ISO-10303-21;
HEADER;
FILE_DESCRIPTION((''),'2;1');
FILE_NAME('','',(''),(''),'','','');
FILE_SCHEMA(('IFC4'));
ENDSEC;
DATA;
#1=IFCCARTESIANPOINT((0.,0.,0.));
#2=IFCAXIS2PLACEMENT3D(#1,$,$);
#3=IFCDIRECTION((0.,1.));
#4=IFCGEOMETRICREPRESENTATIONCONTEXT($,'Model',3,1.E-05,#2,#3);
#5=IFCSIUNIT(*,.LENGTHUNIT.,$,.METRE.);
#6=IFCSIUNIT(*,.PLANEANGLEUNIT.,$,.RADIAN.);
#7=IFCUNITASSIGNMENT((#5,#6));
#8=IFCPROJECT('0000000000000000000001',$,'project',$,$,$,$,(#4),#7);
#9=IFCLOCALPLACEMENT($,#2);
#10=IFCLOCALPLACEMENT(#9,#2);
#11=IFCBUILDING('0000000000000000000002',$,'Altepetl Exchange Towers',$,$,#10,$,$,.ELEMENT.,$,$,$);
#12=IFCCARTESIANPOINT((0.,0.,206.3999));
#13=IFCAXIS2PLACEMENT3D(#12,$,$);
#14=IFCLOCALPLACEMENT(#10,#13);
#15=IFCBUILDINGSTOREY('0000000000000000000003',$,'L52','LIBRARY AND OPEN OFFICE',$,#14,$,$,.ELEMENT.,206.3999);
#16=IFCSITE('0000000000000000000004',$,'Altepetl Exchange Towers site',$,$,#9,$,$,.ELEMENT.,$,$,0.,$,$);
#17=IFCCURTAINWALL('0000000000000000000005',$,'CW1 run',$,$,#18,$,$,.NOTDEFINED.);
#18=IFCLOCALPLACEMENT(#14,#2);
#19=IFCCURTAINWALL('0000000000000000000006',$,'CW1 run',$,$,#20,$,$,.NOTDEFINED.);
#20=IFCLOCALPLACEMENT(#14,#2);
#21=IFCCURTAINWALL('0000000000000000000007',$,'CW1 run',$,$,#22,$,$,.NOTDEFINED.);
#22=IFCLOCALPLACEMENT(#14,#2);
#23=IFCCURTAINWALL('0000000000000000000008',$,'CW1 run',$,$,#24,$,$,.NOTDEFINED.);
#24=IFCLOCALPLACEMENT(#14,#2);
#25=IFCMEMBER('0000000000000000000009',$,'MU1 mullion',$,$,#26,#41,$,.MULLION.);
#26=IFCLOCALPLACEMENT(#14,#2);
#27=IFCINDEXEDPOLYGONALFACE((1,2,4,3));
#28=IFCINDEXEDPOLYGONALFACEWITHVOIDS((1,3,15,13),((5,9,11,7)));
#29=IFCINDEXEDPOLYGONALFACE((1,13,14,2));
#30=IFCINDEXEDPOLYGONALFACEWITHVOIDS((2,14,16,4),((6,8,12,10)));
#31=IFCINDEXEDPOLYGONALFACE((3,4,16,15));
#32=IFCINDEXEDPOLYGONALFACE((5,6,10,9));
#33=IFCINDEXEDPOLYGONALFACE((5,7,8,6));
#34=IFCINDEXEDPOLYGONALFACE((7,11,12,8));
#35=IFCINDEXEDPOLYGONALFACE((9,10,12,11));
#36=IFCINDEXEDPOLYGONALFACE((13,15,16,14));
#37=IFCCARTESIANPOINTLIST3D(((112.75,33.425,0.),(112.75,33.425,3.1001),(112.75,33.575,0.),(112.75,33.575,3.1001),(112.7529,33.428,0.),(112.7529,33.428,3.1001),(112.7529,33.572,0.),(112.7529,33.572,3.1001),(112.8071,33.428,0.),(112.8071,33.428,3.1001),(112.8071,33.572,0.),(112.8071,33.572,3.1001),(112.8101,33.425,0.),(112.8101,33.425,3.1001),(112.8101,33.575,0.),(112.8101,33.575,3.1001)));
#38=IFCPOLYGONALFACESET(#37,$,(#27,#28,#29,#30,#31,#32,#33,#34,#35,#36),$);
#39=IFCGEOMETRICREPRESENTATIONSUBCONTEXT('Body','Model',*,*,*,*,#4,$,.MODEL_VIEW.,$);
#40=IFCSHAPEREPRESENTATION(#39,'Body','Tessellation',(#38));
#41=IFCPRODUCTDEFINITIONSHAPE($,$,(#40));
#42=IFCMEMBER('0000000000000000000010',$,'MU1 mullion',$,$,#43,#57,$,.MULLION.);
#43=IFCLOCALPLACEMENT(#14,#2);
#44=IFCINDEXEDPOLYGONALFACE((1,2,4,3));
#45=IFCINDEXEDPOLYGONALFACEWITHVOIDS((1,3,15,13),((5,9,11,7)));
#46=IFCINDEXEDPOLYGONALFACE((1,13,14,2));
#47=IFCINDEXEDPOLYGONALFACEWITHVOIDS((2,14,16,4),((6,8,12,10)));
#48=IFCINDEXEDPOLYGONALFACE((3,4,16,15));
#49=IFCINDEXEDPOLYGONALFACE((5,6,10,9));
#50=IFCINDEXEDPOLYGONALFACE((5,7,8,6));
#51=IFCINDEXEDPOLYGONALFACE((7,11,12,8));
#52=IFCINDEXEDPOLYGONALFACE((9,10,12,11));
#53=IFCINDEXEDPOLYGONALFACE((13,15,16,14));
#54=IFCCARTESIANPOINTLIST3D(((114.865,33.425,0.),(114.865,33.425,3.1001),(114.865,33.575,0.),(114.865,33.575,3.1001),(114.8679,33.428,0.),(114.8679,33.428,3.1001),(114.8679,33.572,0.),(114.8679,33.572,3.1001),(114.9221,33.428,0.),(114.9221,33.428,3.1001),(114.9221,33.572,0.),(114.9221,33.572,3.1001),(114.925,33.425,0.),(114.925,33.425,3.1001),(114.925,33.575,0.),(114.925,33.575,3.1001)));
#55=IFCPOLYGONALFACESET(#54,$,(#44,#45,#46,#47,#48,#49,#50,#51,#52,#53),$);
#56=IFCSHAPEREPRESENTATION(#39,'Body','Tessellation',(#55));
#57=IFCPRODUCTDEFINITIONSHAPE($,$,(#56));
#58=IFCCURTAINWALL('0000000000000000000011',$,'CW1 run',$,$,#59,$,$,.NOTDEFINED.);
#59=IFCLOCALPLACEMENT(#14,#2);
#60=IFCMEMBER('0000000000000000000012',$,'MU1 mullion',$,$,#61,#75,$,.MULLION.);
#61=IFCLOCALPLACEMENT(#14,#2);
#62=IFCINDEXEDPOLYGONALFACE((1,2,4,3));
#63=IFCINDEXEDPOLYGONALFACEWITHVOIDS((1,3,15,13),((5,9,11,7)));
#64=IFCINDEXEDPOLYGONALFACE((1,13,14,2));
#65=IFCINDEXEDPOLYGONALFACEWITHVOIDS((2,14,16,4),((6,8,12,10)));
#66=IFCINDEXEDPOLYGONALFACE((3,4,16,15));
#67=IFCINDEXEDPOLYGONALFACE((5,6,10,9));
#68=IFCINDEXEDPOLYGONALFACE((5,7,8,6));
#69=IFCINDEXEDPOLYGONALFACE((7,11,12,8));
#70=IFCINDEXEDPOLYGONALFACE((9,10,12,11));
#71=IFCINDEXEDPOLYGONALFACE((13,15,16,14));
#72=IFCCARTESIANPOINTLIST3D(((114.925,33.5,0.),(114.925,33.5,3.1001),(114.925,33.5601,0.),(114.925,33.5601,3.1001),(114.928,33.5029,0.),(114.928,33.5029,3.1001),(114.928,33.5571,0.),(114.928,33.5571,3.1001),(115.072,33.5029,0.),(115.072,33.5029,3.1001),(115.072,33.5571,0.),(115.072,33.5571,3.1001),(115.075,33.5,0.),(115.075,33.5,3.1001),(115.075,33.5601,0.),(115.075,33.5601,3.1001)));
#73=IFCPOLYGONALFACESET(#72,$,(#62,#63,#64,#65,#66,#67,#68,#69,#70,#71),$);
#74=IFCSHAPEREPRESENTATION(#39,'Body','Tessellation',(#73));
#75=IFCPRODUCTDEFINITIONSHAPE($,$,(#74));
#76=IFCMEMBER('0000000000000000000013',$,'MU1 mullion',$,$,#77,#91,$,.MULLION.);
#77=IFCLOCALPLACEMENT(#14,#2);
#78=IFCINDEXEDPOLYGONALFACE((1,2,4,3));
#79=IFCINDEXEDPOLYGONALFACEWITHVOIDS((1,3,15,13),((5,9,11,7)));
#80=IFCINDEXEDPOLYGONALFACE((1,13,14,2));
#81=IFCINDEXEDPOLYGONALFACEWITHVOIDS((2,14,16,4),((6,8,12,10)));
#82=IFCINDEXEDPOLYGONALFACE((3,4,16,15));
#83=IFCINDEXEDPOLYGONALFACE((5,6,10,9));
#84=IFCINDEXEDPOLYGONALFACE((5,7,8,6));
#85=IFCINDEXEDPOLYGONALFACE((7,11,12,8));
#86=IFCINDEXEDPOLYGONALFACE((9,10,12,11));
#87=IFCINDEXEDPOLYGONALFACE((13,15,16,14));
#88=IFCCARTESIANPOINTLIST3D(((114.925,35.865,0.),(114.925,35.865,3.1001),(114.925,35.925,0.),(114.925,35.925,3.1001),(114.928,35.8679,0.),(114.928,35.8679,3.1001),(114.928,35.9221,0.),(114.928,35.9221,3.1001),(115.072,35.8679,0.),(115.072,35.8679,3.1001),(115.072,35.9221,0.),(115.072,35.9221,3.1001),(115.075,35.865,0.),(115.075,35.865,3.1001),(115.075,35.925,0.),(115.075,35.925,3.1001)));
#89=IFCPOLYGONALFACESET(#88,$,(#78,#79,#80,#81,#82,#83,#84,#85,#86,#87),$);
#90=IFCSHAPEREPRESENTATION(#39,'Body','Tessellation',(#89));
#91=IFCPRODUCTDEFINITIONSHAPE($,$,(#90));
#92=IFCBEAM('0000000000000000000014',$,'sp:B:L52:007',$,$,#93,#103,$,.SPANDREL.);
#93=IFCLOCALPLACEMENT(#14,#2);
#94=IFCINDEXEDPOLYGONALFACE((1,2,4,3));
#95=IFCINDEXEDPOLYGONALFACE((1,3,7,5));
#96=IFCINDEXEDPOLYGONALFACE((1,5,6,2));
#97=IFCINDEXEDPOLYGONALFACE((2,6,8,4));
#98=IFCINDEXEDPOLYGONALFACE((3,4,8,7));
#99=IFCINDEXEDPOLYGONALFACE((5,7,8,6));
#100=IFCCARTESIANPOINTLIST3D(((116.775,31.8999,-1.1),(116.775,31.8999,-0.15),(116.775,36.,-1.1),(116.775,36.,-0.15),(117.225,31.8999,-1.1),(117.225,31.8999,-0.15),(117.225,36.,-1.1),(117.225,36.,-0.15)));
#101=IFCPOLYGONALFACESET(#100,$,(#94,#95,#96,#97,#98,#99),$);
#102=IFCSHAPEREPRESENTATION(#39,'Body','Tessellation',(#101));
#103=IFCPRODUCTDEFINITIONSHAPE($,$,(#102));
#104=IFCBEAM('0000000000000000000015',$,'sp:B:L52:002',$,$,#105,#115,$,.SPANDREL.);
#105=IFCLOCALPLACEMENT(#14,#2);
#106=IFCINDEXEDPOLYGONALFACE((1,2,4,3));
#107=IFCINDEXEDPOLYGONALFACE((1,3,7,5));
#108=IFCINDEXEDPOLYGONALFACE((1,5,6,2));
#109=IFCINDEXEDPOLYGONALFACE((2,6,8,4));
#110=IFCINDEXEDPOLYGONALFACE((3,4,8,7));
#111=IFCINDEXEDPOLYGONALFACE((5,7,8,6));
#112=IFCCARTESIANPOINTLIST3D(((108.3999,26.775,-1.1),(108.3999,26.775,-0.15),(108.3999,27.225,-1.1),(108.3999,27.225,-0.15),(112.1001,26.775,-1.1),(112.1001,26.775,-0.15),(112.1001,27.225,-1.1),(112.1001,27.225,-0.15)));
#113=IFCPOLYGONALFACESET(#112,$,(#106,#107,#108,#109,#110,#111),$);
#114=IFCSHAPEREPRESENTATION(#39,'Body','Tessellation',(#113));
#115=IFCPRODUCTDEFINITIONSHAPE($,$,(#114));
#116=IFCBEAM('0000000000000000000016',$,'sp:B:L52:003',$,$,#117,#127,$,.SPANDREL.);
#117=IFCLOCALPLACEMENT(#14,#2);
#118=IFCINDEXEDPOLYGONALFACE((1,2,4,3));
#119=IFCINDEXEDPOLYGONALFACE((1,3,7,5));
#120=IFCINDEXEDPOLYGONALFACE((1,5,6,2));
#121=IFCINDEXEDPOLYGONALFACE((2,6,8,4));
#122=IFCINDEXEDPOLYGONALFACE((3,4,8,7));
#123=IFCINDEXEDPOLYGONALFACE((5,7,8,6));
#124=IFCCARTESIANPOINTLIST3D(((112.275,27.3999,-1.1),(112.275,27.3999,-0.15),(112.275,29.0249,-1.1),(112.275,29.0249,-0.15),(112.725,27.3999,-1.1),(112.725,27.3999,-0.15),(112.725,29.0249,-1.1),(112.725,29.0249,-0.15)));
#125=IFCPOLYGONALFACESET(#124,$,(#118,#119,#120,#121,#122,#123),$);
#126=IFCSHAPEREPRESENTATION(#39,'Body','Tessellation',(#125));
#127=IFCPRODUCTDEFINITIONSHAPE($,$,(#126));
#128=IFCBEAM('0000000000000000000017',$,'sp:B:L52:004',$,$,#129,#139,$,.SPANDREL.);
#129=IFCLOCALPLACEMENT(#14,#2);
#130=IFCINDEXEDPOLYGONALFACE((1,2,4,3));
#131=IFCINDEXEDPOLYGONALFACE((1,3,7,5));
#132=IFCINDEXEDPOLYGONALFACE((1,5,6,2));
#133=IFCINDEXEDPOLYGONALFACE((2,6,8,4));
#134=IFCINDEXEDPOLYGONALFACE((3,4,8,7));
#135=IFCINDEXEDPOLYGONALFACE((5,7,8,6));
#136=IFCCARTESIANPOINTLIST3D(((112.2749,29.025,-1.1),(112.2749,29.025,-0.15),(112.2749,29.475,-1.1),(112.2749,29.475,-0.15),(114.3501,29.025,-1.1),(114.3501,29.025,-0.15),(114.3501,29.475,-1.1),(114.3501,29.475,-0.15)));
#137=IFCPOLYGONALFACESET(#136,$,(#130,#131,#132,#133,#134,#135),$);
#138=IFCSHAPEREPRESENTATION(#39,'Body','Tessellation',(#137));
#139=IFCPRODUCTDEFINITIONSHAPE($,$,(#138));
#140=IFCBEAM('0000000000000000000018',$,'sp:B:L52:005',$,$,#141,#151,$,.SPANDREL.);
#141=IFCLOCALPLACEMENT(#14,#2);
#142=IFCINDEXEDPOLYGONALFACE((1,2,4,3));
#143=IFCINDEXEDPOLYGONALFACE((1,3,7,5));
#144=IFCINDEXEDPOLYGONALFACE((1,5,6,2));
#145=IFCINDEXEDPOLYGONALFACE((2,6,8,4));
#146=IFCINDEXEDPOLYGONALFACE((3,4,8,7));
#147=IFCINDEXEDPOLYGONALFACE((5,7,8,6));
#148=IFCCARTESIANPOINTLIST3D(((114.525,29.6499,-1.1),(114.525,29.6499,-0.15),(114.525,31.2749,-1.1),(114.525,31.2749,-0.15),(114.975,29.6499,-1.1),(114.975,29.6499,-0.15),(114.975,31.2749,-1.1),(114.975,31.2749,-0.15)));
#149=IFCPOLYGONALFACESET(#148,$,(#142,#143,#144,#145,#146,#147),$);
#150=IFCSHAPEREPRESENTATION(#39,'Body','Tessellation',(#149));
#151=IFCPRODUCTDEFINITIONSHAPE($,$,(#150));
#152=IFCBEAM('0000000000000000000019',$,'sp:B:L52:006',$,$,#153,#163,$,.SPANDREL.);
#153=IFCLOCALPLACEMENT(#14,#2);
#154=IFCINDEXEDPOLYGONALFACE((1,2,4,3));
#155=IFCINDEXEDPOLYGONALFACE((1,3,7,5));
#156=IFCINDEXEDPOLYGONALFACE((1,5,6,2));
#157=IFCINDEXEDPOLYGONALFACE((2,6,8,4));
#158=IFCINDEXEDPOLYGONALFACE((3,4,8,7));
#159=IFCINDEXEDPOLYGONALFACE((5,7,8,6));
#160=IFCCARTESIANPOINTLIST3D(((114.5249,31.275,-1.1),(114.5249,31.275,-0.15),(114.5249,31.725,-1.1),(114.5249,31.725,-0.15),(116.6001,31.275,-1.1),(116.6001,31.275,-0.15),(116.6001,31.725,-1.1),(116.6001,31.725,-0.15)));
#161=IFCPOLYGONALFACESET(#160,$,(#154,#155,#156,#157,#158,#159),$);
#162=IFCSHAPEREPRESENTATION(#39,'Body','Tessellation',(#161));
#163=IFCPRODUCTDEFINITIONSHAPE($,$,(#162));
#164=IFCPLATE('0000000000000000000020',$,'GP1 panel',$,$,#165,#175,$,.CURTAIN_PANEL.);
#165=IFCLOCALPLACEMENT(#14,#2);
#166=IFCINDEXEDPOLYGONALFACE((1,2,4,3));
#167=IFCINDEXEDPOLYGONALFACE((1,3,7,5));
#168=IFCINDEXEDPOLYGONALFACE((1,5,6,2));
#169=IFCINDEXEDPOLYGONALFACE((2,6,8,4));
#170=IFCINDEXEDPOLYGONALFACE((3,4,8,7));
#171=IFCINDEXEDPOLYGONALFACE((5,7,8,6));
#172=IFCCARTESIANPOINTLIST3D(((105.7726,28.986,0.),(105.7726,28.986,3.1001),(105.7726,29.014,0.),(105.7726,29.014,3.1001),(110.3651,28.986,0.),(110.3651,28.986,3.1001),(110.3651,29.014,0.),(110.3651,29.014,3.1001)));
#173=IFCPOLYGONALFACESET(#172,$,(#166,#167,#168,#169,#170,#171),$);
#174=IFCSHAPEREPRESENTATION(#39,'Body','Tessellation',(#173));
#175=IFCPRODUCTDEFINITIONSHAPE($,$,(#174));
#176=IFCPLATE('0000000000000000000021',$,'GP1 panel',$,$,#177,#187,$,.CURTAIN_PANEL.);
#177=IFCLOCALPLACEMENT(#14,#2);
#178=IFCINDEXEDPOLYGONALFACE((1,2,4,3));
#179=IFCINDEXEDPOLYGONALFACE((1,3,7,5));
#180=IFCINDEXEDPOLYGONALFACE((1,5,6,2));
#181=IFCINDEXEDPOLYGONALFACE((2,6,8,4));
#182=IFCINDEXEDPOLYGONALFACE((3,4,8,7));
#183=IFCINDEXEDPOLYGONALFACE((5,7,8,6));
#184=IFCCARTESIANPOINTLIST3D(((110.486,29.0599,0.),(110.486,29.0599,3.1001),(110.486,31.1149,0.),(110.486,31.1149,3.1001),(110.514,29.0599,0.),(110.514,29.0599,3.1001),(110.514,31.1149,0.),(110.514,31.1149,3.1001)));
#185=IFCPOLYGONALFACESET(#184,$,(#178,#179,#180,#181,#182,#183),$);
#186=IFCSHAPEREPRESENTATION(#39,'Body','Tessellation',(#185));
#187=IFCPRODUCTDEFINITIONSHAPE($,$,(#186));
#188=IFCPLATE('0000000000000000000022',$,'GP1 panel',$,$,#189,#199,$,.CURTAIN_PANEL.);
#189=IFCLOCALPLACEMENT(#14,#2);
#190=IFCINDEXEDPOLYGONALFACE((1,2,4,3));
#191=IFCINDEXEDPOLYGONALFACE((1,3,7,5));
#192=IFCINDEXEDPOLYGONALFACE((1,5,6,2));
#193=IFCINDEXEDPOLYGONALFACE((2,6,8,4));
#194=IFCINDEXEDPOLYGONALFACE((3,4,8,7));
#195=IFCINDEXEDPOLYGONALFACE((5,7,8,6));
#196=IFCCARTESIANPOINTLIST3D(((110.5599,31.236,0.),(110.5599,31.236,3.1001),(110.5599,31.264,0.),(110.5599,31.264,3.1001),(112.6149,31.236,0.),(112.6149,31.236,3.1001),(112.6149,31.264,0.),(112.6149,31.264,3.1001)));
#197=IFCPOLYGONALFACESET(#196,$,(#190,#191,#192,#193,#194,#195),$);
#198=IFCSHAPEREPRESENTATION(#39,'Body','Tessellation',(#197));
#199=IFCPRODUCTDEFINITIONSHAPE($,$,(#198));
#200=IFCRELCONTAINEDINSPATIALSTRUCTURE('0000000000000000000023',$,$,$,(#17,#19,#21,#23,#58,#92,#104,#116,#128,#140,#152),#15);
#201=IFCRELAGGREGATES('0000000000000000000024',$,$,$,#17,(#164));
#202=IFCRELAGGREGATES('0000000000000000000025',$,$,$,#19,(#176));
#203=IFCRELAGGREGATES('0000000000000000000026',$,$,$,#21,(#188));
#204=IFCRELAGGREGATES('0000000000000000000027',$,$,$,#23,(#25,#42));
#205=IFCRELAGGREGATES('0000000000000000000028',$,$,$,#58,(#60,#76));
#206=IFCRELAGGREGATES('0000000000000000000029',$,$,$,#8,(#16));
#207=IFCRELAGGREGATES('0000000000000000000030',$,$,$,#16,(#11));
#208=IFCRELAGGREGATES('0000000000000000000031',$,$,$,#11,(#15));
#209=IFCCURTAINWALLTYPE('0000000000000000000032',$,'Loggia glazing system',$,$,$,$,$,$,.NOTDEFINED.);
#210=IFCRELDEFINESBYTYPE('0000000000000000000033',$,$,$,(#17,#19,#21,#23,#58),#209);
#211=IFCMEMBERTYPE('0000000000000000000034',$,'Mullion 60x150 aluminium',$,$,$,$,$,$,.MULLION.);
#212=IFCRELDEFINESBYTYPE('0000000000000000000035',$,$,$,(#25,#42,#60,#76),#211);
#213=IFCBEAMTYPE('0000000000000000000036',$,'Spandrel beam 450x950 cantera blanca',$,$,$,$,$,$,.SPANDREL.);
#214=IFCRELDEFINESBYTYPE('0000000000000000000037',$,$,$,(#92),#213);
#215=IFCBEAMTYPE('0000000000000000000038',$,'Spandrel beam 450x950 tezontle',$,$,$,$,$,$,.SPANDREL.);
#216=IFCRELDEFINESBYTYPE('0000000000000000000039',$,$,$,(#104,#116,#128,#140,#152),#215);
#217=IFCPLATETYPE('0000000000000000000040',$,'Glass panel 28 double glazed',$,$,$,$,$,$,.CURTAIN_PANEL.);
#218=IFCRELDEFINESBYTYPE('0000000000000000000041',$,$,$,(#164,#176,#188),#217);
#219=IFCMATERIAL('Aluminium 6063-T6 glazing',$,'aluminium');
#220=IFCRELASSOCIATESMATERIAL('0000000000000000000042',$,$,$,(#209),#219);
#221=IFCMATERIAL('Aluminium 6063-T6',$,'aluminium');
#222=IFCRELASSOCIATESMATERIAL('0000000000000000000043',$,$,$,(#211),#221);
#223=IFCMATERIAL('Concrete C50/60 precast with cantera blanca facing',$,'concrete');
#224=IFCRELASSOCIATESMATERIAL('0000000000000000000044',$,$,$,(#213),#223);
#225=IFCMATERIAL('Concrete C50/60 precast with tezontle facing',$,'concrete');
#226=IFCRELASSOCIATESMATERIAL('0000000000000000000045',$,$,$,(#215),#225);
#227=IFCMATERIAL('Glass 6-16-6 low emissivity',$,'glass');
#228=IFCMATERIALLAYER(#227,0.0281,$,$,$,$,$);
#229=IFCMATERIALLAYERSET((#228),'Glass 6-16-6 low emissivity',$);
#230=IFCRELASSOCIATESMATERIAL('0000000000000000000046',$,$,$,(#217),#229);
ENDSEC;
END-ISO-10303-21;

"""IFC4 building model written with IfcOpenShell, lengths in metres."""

from ifc_helpers import new_model, si_unit, direction, frame, origin, origin_2d, place, context, subcontext, project, spatial, rectangle, hollow_rectangle, extrude, material, layer, layer_set, material_profile, profile_set, type_object, element, aggregate, save


model = new_model("IFC4")

# Units and contexts
model_context = context("Model", 3, precision=1e-05, world=origin(), true_north=direction((0.0, 1.0)))
body_context = subcontext(model_context, "Body", "Model", "MODEL_VIEW")
ifc_project = project(units=[si_unit("LENGTHUNIT", "METRE"), si_unit("PLANEANGLEUNIT", "RADIAN")], contexts=[model_context])

# Site, building, storey
site_placement = place(None, origin())
site = spatial("IfcSite", under=ifc_project, at=site_placement, Name="Altepetl Exchange Towers site", CompositionType="ELEMENT", RefElevation=0.0)
building_placement = place(site_placement, origin())
building = spatial("IfcBuilding", under=site, at=building_placement, Name="Altepetl Exchange Towers", CompositionType="ELEMENT")
storey_placement = place(building_placement, frame((0.0, 0.0, 206.3999)))
storey = spatial("IfcBuildingStorey", under=building, at=storey_placement, Name="L52", Description="LIBRARY AND OPEN OFFICE", CompositionType="ELEMENT", Elevation=206.3999)

# Curtain wall
ifc_material_1 = material(Name="Aluminium 6063-T6 glazing", Category="aluminium")
curtain_wall_type = type_object("IfcCurtainWallType", Name="Loggia glazing system", PredefinedType="NOTDEFINED", material=ifc_material_1)
curtain_wall_1_placement = place(storey_placement, origin())
curtain_wall_1 = element("IfcCurtainWall", 1, at=curtain_wall_1_placement, inside=storey, type_object=curtain_wall_type, Name="CW1 run", PredefinedType="NOTDEFINED")
ifc_material_2 = material(Name="Aluminium 6063-T6", Category="aluminium")
ifc_material_profile_1 = material_profile(ifc_material_2, hollow_rectangle(XDim=0.0601, YDim=0.1499, WallThickness=0.0029, at=origin_2d()), Name="Mullion 60x150 aluminium")
ifc_profile_set_1 = profile_set([ifc_material_profile_1], Name="Aluminium 6063-T6")
member_type = type_object("IfcMemberType", Name="Mullion 60x150 aluminium", PredefinedType="MULLION", material=ifc_profile_set_1)

# Curtain walls, members
curtain_wall_2_placement = place(storey_placement, origin())
curtain_wall_2 = element("IfcCurtainWall", 2, at=curtain_wall_2_placement, inside=storey, type_object=curtain_wall_type, Name="CW1 run", PredefinedType="NOTDEFINED")
curtain_wall_3_placement = place(storey_placement, origin())
curtain_wall_3 = element("IfcCurtainWall", 3, at=curtain_wall_3_placement, inside=storey, type_object=curtain_wall_type, Name="CW1 run", PredefinedType="NOTDEFINED")
curtain_wall_4_placement = place(storey_placement, origin())
curtain_wall_4 = element("IfcCurtainWall", 4, at=curtain_wall_4_placement, inside=storey, type_object=curtain_wall_type, Name="CW1 run", PredefinedType="NOTDEFINED")
member_1_placement = place(storey_placement, frame((112.78, 33.5, 0.0)))
member_1 = element("IfcMember", 5, at=member_1_placement, type_object=member_type, Name="MU1 mullion", PredefinedType="MULLION", context=body_context, shape_type="SweptSolid", body=[
    extrude(hollow_rectangle(XDim=0.0601, YDim=0.1499, WallThickness=0.0029, at=origin_2d()), origin(), (0.0, 0.0, 1.0), 3.1001),
])
member_2_placement = place(storey_placement, frame((114.895, 33.5, 0.0)))
member_2 = element("IfcMember", 6, at=member_2_placement, type_object=member_type, Name="MU1 mullion", PredefinedType="MULLION", context=body_context, shape_type="SweptSolid", body=[
    extrude(hollow_rectangle(XDim=0.0601, YDim=0.1499, WallThickness=0.0029, at=origin_2d()), origin(), (0.0, 0.0, 1.0), 3.1001),
])
curtain_wall_5_placement = place(storey_placement, origin())
curtain_wall_5 = element("IfcCurtainWall", 7, at=curtain_wall_5_placement, inside=storey, type_object=curtain_wall_type, Name="CW1 run", PredefinedType="NOTDEFINED")
member_3_placement = place(storey_placement, frame((115.0, 33.53, 0.0), z_axis=(0.0, 0.0, 1.0), x_axis=(0.0, 1.0, 0.0)))
member_3 = element("IfcMember", 8, at=member_3_placement, type_object=member_type, Name="MU1 mullion", PredefinedType="MULLION", context=body_context, shape_type="SweptSolid", body=[
    extrude(hollow_rectangle(XDim=0.0601, YDim=0.1499, WallThickness=0.0029, at=origin_2d()), origin(), (0.0, 0.0, 1.0), 3.1001),
])
member_4_placement = place(storey_placement, frame((115.0, 35.895, 0.0), z_axis=(0.0, 0.0, 1.0), x_axis=(0.0, 1.0, 0.0)))
member_4 = element("IfcMember", 9, at=member_4_placement, type_object=member_type, Name="MU1 mullion", PredefinedType="MULLION", context=body_context, shape_type="SweptSolid", body=[
    extrude(hollow_rectangle(XDim=0.0601, YDim=0.1499, WallThickness=0.0029, at=origin_2d()), origin(), (0.0, 0.0, 1.0), 3.1001),
])

# Beams
ifc_material_3 = material(Name="Concrete C50/60 precast with cantera blanca facing", Category="concrete")
ifc_material_profile_2 = material_profile(ifc_material_3, rectangle(XDim=0.45, YDim=0.95, at=origin_2d()), Name="450 x 950")
ifc_profile_set_2 = profile_set([ifc_material_profile_2], Name="Concrete C50/60 precast with cantera blanca facing")
beam_type_1 = type_object("IfcBeamType", Name="Spandrel beam 450x950 cantera blanca", PredefinedType="SPANDREL", material=ifc_profile_set_2)
beam_1_placement = place(storey_placement, frame((117.0, 31.8999, -0.625), z_axis=(0.0, 1.0, 0.0), x_axis=(-1.0, 0.0, 0.0)))
element("IfcBeam", 10, at=beam_1_placement, inside=storey, type_object=beam_type_1, Name="sp:B:L52:007", PredefinedType="SPANDREL", context=body_context, shape_type="SweptSolid", body=[
    extrude(rectangle(XDim=0.45, YDim=0.95, at=origin_2d()), origin(), (0.0, 0.0, 1.0), 4.1001),
])
ifc_material_4 = material(Name="Concrete C50/60 precast with tezontle facing", Category="concrete")
ifc_material_profile_3 = material_profile(ifc_material_4, rectangle(XDim=0.45, YDim=0.95, at=origin_2d()), Name="450 x 950")
ifc_profile_set_3 = profile_set([ifc_material_profile_3], Name="Concrete C50/60 precast with tezontle facing")
beam_type_2 = type_object("IfcBeamType", Name="Spandrel beam 450x950 tezontle", PredefinedType="SPANDREL", material=ifc_profile_set_3)
beam_2_placement = place(storey_placement, frame((108.3999, 27.0, -0.625), z_axis=(1.0, 0.0, 0.0), x_axis=(0.0, 1.0, 0.0)))
element("IfcBeam", 11, at=beam_2_placement, inside=storey, type_object=beam_type_2, Name="sp:B:L52:002", PredefinedType="SPANDREL", context=body_context, shape_type="SweptSolid", body=[
    extrude(rectangle(XDim=0.45, YDim=0.95, at=origin_2d()), origin(), (0.0, 0.0, 1.0), 3.7002),
])
beam_3_placement = place(storey_placement, frame((112.5, 27.3999, -0.625), z_axis=(0.0, 1.0, 0.0), x_axis=(-1.0, 0.0, 0.0)))
element("IfcBeam", 12, at=beam_3_placement, inside=storey, type_object=beam_type_2, Name="sp:B:L52:003", PredefinedType="SPANDREL", context=body_context, shape_type="SweptSolid", body=[
    extrude(rectangle(XDim=0.45, YDim=0.95, at=origin_2d()), origin(), (0.0, 0.0, 1.0), 1.625),
])
beam_4_placement = place(storey_placement, frame((112.2749, 29.25, -0.625), z_axis=(1.0, 0.0, 0.0), x_axis=(0.0, 1.0, 0.0)))
element("IfcBeam", 13, at=beam_4_placement, inside=storey, type_object=beam_type_2, Name="sp:B:L52:004", PredefinedType="SPANDREL", context=body_context, shape_type="SweptSolid", body=[
    extrude(rectangle(XDim=0.45, YDim=0.95, at=origin_2d()), origin(), (0.0, 0.0, 1.0), 2.0752),
])
beam_5_placement = place(storey_placement, frame((114.75, 29.6499, -0.625), z_axis=(0.0, 1.0, 0.0), x_axis=(-1.0, 0.0, 0.0)))
element("IfcBeam", 14, at=beam_5_placement, inside=storey, type_object=beam_type_2, Name="sp:B:L52:005", PredefinedType="SPANDREL", context=body_context, shape_type="SweptSolid", body=[
    extrude(rectangle(XDim=0.45, YDim=0.95, at=origin_2d()), origin(), (0.0, 0.0, 1.0), 1.625),
])
beam_6_placement = place(storey_placement, frame((114.5249, 31.5, -0.625), z_axis=(1.0, 0.0, 0.0), x_axis=(0.0, 1.0, 0.0)))
element("IfcBeam", 15, at=beam_6_placement, inside=storey, type_object=beam_type_2, Name="sp:B:L52:006", PredefinedType="SPANDREL", context=body_context, shape_type="SweptSolid", body=[
    extrude(rectangle(XDim=0.45, YDim=0.95, at=origin_2d()), origin(), (0.0, 0.0, 1.0), 2.0752),
])

# Plates
ifc_material_5 = material(Name="Glass 6-16-6 low emissivity", Category="glass")
ifc_layer_1 = layer(ifc_material_5, 0.0281)
ifc_layer_set_1 = layer_set([ifc_layer_1], Name="Glass 6-16-6 low emissivity")
plate_type = type_object("IfcPlateType", Name="Glass panel 28 double glazed", PredefinedType="CURTAIN_PANEL", material=ifc_layer_set_1)
plate_1_placement = place(storey_placement, frame((108.0688, 29.0, 0.0)))
plate_1 = element("IfcPlate", 16, at=plate_1_placement, type_object=plate_type, Name="GP1 panel", PredefinedType="CURTAIN_PANEL", context=body_context, shape_type="SweptSolid", body=[
    extrude(rectangle(XDim=4.5925, YDim=0.0281, at=origin_2d()), origin(), (0.0, 0.0, 1.0), 3.1001),
])
aggregate(curtain_wall_1, [plate_1])
plate_2_placement = place(storey_placement, frame((110.5, 30.0874, 0.0), z_axis=(0.0, 0.0, 1.0), x_axis=(0.0, 1.0, 0.0)))
plate_2 = element("IfcPlate", 17, at=plate_2_placement, type_object=plate_type, Name="GP1 panel", PredefinedType="CURTAIN_PANEL", context=body_context, shape_type="SweptSolid", body=[
    extrude(rectangle(XDim=2.0549, YDim=0.0281, at=origin_2d()), origin(), (0.0, 0.0, 1.0), 3.1001),
])
aggregate(curtain_wall_2, [plate_2])
plate_3_placement = place(storey_placement, frame((111.5874, 31.25, 0.0)))
plate_3 = element("IfcPlate", 18, at=plate_3_placement, type_object=plate_type, Name="GP1 panel", PredefinedType="CURTAIN_PANEL", context=body_context, shape_type="SweptSolid", body=[
    extrude(rectangle(XDim=2.0549, YDim=0.0281, at=origin_2d()), origin(), (0.0, 0.0, 1.0), 3.1001),
])
aggregate(curtain_wall_3, [plate_3])
aggregate(curtain_wall_4, [member_1, member_2])
aggregate(curtain_wall_5, [member_3, member_4])

save(model, "model.ifc")
